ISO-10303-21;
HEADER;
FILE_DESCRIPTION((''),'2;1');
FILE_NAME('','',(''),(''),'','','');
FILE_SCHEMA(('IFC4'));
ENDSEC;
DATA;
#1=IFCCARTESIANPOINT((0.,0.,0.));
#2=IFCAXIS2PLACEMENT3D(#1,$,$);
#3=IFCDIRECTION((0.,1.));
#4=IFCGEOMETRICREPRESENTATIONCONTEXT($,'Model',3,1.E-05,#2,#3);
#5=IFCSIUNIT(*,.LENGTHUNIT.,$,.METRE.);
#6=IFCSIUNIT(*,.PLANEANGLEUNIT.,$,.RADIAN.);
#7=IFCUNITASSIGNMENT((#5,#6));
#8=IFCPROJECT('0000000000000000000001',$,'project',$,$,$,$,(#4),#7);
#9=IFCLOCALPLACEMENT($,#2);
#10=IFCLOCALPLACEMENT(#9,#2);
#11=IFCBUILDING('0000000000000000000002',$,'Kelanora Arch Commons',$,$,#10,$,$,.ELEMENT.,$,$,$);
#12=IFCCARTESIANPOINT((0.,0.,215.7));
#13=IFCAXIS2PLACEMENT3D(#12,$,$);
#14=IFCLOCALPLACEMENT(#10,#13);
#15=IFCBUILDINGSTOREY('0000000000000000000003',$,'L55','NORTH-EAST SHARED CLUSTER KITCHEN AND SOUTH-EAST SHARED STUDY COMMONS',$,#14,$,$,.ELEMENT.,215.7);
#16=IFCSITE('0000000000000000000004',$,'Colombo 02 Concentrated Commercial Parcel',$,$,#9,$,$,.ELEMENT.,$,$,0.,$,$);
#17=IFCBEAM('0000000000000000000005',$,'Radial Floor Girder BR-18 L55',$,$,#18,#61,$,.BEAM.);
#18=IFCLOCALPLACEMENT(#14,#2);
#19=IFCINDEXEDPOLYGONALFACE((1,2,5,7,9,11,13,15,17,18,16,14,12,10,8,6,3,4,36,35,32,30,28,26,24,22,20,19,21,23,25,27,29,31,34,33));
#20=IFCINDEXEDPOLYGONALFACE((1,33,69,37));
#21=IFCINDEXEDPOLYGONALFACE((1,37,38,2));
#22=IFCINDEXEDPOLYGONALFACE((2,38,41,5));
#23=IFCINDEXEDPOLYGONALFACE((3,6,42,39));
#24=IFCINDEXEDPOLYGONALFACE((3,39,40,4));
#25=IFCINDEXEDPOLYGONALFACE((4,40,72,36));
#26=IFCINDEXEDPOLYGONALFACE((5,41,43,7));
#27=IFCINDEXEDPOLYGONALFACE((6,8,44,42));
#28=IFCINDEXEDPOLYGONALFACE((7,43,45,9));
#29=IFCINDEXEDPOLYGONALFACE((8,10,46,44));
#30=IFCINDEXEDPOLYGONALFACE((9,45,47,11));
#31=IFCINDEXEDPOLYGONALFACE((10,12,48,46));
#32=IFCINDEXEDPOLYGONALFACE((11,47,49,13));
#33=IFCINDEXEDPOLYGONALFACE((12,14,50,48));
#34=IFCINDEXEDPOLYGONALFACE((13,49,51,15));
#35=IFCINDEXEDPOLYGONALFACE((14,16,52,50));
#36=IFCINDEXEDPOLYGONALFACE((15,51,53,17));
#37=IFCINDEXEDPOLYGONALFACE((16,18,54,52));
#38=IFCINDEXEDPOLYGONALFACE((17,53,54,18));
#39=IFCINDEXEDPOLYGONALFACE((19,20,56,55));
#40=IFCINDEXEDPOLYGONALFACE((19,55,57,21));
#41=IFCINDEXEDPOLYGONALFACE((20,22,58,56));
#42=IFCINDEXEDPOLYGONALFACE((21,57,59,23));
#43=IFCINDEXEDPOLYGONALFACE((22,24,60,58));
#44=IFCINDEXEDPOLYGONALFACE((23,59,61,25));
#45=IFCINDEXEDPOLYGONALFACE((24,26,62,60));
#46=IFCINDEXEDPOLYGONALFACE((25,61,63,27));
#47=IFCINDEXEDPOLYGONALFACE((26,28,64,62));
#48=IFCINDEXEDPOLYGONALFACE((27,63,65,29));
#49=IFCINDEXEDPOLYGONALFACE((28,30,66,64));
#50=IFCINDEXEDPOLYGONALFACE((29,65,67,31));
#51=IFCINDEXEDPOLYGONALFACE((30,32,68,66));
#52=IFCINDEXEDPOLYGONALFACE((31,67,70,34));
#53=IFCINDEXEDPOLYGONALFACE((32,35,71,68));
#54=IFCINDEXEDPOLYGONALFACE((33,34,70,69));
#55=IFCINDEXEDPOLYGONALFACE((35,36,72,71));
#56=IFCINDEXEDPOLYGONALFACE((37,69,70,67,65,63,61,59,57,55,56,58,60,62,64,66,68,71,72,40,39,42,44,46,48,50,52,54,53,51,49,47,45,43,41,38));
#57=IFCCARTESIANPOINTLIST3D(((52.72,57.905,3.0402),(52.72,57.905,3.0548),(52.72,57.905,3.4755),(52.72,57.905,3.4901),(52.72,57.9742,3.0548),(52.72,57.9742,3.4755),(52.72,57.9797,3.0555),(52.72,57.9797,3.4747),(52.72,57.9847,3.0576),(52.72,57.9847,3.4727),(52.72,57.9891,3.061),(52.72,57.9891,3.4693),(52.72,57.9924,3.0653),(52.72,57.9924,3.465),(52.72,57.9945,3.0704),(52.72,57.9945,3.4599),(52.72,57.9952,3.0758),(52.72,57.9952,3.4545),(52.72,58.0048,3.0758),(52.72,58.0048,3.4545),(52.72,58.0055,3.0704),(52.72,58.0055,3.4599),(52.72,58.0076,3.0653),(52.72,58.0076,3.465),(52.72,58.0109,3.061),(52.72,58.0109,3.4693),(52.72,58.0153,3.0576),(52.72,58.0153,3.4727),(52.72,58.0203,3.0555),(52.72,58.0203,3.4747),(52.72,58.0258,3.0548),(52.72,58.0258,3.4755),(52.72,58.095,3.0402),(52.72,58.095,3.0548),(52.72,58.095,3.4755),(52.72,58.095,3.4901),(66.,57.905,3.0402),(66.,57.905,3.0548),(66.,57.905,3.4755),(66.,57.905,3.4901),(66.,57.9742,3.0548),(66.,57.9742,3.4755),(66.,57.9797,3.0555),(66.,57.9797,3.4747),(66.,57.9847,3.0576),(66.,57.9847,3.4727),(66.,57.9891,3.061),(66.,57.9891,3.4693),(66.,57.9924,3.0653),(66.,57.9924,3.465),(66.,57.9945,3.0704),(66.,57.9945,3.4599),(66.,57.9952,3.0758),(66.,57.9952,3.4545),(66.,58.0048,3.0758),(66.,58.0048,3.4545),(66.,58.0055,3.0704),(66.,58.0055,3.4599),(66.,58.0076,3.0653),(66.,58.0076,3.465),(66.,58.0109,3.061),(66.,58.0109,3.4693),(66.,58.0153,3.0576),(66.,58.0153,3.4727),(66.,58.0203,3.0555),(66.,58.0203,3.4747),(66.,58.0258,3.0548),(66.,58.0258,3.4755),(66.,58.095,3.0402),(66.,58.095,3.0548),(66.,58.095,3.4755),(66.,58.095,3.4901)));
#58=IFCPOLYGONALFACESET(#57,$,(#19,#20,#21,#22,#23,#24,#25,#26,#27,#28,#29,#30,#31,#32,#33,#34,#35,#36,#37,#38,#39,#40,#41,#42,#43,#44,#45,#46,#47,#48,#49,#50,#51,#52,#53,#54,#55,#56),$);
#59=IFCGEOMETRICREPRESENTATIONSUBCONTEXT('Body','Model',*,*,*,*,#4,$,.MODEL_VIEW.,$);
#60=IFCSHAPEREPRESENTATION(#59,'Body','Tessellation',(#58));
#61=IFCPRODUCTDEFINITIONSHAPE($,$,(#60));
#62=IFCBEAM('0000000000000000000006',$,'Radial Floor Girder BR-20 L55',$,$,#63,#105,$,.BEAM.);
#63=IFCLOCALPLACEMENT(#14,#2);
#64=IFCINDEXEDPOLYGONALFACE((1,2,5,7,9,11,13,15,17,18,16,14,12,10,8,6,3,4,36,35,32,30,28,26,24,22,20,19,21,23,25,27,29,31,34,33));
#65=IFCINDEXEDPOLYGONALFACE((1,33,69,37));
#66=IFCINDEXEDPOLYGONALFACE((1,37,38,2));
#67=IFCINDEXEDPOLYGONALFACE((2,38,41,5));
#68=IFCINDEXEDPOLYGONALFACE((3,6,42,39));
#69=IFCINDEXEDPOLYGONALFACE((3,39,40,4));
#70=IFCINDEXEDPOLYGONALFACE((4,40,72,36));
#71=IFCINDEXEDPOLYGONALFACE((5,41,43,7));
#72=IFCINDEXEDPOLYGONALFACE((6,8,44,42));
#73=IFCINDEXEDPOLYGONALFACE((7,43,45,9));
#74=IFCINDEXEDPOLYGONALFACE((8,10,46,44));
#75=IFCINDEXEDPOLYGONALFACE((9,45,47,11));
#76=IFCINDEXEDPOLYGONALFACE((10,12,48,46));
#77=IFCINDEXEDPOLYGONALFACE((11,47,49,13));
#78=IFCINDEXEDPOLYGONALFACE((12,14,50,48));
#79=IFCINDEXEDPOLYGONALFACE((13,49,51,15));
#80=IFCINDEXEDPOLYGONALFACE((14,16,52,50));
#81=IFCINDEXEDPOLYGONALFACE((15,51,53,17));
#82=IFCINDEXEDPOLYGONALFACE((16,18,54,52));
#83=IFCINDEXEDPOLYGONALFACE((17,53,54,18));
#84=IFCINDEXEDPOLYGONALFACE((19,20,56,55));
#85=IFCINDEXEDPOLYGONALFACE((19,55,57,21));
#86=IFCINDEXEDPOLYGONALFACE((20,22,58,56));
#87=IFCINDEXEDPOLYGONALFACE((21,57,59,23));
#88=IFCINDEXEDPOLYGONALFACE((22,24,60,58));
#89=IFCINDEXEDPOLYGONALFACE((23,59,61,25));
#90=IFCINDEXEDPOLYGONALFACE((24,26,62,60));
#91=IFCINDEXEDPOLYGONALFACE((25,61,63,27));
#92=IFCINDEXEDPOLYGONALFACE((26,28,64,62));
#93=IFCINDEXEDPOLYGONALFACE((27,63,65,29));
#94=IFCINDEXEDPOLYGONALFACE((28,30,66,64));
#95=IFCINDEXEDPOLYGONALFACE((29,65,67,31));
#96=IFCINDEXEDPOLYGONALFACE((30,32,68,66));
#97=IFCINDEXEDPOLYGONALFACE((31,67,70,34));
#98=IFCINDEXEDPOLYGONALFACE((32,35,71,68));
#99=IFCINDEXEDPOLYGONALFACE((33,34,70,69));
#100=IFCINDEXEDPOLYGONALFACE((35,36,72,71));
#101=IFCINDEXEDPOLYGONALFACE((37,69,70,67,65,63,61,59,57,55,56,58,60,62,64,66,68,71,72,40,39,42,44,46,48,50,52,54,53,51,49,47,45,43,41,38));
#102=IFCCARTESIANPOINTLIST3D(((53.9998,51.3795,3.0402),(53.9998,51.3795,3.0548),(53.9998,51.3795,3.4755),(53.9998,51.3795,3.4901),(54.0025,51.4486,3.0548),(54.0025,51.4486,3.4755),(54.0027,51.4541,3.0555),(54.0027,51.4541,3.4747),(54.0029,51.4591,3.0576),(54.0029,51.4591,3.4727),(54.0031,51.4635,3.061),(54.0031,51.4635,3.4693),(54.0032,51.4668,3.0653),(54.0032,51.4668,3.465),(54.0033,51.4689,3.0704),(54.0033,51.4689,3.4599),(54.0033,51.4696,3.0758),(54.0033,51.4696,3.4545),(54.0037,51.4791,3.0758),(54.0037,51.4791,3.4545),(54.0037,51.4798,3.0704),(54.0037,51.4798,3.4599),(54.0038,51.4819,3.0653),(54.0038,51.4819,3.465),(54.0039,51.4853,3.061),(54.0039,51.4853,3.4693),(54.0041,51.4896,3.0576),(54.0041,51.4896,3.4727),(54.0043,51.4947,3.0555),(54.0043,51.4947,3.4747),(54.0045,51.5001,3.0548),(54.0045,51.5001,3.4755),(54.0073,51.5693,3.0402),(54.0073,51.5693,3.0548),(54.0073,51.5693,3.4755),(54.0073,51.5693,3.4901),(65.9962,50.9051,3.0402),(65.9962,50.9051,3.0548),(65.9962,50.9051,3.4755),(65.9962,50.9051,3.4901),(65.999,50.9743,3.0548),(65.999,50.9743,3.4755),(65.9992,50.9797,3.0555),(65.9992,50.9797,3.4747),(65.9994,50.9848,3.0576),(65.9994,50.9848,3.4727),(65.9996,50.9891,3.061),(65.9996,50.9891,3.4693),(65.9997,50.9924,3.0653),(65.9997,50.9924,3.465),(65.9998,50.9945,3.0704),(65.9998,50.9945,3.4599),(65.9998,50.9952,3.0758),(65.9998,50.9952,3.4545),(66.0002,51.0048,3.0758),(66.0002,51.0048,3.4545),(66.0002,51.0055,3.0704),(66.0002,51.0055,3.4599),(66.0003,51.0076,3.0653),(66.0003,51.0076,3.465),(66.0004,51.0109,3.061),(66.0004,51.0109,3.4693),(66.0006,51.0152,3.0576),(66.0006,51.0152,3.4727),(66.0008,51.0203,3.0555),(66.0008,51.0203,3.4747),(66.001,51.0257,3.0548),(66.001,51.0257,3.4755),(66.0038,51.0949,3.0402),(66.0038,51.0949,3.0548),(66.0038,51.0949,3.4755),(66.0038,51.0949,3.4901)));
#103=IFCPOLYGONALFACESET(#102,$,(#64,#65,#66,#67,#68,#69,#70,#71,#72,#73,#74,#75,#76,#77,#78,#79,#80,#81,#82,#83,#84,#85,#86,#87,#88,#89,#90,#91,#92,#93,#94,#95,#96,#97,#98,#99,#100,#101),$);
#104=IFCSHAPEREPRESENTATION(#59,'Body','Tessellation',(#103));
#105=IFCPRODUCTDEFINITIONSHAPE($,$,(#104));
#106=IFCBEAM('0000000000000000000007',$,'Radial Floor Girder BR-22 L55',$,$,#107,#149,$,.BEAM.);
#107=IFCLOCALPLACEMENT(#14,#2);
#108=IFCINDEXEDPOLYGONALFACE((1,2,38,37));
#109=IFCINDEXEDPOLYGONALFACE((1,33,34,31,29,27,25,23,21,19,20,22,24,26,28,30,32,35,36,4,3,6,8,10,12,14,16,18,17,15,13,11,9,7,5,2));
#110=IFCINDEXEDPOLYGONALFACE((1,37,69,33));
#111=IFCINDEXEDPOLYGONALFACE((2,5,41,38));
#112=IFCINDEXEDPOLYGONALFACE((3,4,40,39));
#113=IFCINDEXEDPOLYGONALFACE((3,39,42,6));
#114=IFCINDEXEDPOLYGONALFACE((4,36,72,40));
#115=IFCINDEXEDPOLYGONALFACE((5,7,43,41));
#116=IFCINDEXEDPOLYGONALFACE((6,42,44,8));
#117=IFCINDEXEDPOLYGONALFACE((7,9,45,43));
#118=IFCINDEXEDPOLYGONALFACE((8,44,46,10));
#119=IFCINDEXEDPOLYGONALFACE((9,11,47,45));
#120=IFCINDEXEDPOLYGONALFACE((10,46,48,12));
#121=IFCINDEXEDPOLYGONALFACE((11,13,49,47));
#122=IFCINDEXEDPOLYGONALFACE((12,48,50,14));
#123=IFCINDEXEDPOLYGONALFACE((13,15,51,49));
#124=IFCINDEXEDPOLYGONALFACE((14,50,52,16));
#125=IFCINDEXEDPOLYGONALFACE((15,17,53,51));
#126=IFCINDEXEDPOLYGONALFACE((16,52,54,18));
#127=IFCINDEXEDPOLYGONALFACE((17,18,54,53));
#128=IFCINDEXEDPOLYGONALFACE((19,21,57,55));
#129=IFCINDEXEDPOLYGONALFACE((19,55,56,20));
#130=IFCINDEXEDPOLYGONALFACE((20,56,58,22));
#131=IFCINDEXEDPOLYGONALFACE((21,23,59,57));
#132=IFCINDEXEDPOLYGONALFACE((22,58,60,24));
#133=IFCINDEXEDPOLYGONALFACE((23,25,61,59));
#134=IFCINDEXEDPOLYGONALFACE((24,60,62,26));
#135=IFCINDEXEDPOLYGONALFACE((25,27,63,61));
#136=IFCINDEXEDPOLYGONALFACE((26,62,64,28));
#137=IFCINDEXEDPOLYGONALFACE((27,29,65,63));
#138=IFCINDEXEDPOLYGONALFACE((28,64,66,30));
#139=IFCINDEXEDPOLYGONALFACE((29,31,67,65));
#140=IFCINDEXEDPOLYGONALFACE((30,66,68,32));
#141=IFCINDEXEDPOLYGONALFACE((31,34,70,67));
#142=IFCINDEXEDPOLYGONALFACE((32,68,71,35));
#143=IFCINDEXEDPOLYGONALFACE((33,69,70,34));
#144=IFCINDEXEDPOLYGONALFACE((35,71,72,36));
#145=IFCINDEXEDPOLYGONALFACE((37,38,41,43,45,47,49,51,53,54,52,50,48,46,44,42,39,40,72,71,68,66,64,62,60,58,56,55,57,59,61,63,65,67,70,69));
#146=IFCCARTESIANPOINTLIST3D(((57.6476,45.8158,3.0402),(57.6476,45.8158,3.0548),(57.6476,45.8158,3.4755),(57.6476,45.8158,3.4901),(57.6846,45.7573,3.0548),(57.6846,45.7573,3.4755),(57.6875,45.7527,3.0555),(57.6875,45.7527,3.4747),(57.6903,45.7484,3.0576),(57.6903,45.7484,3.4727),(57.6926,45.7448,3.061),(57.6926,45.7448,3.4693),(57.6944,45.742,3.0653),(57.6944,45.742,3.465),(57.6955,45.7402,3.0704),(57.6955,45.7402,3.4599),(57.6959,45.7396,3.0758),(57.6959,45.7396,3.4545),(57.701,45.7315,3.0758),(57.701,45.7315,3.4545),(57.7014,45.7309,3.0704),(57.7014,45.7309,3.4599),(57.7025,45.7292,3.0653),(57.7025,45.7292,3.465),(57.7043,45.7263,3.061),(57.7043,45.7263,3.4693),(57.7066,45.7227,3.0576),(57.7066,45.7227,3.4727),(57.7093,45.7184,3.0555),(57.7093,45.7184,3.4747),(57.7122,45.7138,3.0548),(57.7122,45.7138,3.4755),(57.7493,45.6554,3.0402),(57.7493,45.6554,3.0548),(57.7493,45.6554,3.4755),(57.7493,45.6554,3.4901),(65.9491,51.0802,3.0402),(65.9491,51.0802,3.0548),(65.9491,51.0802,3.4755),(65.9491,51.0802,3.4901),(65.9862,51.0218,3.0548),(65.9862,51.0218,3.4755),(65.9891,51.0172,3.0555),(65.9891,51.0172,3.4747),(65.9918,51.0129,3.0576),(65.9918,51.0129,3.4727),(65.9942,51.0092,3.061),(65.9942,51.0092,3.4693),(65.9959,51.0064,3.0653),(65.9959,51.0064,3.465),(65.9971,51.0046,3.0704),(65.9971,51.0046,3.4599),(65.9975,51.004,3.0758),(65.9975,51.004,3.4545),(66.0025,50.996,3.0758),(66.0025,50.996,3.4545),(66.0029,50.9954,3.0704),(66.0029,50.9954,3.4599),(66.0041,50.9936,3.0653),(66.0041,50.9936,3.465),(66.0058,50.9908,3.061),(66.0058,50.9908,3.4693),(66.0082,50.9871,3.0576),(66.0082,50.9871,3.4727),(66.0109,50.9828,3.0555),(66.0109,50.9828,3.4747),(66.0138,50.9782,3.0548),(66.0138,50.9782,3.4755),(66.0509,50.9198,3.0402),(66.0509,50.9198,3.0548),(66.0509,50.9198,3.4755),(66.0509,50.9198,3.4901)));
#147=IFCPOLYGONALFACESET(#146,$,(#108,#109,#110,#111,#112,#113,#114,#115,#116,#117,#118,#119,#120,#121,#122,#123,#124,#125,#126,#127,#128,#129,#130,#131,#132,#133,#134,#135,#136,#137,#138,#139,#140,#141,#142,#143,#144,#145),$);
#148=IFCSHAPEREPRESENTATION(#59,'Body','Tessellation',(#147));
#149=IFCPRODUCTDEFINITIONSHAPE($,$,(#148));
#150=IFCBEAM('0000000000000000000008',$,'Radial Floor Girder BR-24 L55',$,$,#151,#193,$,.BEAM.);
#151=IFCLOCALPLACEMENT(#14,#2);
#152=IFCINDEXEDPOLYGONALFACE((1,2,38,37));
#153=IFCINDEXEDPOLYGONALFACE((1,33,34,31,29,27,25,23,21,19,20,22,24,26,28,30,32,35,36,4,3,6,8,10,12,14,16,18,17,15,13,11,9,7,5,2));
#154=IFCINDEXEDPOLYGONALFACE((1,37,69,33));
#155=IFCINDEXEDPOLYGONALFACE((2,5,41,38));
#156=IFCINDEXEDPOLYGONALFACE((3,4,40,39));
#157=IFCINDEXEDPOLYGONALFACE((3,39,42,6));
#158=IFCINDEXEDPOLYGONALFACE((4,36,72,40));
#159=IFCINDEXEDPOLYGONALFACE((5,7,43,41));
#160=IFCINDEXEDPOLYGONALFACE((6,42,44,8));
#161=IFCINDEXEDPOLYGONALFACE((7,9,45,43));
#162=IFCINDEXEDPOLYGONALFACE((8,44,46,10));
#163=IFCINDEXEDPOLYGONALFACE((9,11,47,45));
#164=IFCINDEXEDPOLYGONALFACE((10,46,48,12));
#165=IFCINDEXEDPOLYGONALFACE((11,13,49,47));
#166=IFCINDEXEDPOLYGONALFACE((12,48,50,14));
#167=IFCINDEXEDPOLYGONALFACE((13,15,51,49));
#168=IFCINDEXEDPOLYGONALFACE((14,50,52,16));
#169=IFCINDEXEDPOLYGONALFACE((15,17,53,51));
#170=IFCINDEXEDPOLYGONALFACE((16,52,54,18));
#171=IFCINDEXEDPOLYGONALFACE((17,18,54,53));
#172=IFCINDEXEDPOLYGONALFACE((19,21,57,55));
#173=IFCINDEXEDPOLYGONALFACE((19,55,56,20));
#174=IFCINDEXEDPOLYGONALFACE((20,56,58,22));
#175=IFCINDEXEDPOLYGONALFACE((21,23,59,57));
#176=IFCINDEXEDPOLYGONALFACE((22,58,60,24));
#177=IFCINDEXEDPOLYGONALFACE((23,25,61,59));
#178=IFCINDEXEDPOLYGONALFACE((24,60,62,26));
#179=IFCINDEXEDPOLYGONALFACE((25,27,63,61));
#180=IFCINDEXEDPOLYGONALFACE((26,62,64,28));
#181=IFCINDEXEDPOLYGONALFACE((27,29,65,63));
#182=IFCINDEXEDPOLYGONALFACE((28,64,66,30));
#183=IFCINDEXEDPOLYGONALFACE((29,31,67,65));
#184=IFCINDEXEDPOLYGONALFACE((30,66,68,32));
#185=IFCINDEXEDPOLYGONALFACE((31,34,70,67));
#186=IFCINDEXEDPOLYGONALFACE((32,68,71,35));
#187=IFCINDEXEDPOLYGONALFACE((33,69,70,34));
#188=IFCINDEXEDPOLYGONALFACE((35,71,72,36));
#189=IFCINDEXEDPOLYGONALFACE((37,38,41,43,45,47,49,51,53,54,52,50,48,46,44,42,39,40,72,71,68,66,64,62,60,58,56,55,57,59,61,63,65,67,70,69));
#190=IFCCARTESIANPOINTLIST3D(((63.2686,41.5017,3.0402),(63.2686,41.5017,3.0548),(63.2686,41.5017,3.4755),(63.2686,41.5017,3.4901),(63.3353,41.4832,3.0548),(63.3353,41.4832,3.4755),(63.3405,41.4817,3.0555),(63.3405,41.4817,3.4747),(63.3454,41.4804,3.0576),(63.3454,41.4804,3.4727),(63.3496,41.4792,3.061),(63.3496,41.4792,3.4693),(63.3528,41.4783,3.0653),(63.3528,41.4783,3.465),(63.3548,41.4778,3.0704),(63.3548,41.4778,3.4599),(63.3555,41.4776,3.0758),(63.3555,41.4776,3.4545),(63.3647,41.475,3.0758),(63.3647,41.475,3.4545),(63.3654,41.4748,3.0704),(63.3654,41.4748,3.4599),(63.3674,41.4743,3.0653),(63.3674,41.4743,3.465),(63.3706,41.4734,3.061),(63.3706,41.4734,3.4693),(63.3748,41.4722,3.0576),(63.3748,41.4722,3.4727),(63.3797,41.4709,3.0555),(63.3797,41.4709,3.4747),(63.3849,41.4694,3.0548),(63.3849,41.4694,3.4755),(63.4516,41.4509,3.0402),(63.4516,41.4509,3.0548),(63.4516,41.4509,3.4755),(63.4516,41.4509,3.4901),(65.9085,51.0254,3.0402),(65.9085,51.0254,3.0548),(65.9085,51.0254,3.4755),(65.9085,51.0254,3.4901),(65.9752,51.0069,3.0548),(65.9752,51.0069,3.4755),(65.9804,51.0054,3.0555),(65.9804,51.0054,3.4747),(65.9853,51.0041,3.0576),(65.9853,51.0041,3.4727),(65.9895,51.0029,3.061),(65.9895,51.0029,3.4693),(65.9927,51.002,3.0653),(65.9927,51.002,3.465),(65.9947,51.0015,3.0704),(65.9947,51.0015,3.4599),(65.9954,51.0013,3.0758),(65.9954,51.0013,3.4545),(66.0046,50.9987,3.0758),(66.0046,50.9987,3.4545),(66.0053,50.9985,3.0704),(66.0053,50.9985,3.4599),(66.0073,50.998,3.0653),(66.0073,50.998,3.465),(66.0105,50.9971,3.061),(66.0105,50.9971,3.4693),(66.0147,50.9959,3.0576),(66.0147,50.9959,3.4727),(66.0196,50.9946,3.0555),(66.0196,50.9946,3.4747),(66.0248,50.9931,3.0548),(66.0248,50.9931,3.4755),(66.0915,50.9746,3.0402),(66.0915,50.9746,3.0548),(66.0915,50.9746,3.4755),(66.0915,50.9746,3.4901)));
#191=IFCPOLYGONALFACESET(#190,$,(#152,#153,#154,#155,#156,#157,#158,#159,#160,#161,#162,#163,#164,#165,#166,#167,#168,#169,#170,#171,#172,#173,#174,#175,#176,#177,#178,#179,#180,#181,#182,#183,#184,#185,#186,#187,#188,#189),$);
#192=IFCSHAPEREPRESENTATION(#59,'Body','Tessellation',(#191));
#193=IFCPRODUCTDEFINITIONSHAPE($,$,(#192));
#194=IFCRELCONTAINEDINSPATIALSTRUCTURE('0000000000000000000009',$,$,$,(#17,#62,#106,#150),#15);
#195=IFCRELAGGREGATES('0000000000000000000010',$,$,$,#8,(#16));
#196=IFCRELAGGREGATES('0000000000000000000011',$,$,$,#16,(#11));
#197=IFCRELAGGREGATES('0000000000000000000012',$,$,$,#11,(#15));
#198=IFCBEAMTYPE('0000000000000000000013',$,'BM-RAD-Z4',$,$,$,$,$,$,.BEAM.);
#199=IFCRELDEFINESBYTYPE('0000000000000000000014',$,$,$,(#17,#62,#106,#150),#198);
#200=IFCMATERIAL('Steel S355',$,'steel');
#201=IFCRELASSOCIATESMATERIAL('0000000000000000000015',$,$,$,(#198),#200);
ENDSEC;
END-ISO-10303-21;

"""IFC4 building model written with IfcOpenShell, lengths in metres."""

from ifc_helpers import new_model, si_unit, direction, frame, origin, origin_2d, place, context, subcontext, project, spatial, i_section, extrude, material, material_profile, profile_set, type_object, element, save


model = new_model("IFC4")

# Units and contexts
model_context = context("Model", 3, precision=1e-05, world=origin(), true_north=direction((0.0, 1.0)))
body_context = subcontext(model_context, "Body", "Model", "MODEL_VIEW")
ifc_project = project(units=[si_unit("LENGTHUNIT", "METRE"), si_unit("PLANEANGLEUNIT", "RADIAN")], contexts=[model_context])

# Site, building, storey
site_placement = place(None, origin())
site = spatial("IfcSite", under=ifc_project, at=site_placement, Name="Colombo 02 Concentrated Commercial Parcel", CompositionType="ELEMENT", RefElevation=0.0)
building_placement = place(site_placement, origin())
building = spatial("IfcBuilding", under=site, at=building_placement, Name="Kelanora Arch Commons", CompositionType="ELEMENT")
storey_placement = place(building_placement, frame((0.0, 0.0, 215.7)))
storey = spatial("IfcBuildingStorey", under=building, at=storey_placement, Name="L55", Description="NORTH-EAST SHARED CLUSTER KITCHEN AND SOUTH-EAST SHARED STUDY COMMONS", CompositionType="ELEMENT", Elevation=215.7)

# Beams
ifc_material_1 = material(Name="Steel S355", Category="steel")
ifc_material_profile_1 = material_profile(ifc_material_1, i_section(OverallWidth=0.1899, OverallDepth=0.45, WebThickness=0.0095, FlangeThickness=0.0146, FilletRadius=0.021, at=origin_2d()), Name="IPE450")
ifc_profile_set_1 = profile_set([ifc_material_profile_1], Name="Steel S355")
beam_type_1 = type_object("IfcBeamType", Name="BM-RAD-Z4", PredefinedType="BEAM", material=ifc_profile_set_1)
beam_1_placement = place(storey_placement, frame((66.0, 58.0, 3.2651), z_axis=(-1.0, 0.0, 0.0), x_axis=(0.0, -1.0, 0.0)))
element("IfcBeam", 1, at=beam_1_placement, inside=storey, type_object=beam_type_1, Name="Radial Floor Girder BR-18 L55", PredefinedType="BEAM", context=body_context, shape_type="SweptSolid", body=[
    extrude(i_section(OverallWidth=0.1899, OverallDepth=0.45, WebThickness=0.0095, FlangeThickness=0.0146, FilletRadius=0.021, at=origin_2d()), origin(), (0.0, 0.0, 1.0), 13.28),
])
beam_2_placement = place(storey_placement, frame((66.0, 51.0, 3.2651), z_axis=(-0.999219, 0.039511, 0.0), x_axis=(-0.039511, -0.999219, 0.0)))
element("IfcBeam", 2, at=beam_2_placement, inside=storey, type_object=beam_type_1, Name="Radial Floor Girder BR-20 L55", PredefinedType="BEAM", context=body_context, shape_type="SweptSolid", body=[
    extrude(i_section(OverallWidth=0.1899, OverallDepth=0.45, WebThickness=0.0095, FlangeThickness=0.0146, FilletRadius=0.021, at=origin_2d()), origin(), (0.0, 0.0, 1.0), 12.0059),
])
beam_3_placement = place(storey_placement, frame((66.0, 51.0, 3.2651), z_axis=(-0.844507, -0.535544, 0.0), x_axis=(0.535544, -0.844507, 0.0)))
element("IfcBeam", 3, at=beam_3_placement, inside=storey, type_object=beam_type_1, Name="Radial Floor Girder BR-22 L55", PredefinedType="BEAM", context=body_context, shape_type="SweptSolid", body=[
    extrude(i_section(OverallWidth=0.1899, OverallDepth=0.45, WebThickness=0.0095, FlangeThickness=0.0146, FilletRadius=0.021, at=origin_2d()), origin(), (0.0, 0.0, 1.0), 9.8301),
])
beam_4_placement = place(storey_placement, frame((66.0, 51.0, 3.2651), z_axis=(-0.26712, -0.963663, 0.0), x_axis=(0.963663, -0.26712, 0.0)))
element("IfcBeam", 4, at=beam_4_placement, inside=storey, type_object=beam_type_1, Name="Radial Floor Girder BR-24 L55", PredefinedType="BEAM", context=body_context, shape_type="SweptSolid", body=[
    extrude(i_section(OverallWidth=0.1899, OverallDepth=0.45, WebThickness=0.0095, FlangeThickness=0.0146, FilletRadius=0.021, at=origin_2d()), origin(), (0.0, 0.0, 1.0), 9.8828),
])

save(model, "model.ifc")
